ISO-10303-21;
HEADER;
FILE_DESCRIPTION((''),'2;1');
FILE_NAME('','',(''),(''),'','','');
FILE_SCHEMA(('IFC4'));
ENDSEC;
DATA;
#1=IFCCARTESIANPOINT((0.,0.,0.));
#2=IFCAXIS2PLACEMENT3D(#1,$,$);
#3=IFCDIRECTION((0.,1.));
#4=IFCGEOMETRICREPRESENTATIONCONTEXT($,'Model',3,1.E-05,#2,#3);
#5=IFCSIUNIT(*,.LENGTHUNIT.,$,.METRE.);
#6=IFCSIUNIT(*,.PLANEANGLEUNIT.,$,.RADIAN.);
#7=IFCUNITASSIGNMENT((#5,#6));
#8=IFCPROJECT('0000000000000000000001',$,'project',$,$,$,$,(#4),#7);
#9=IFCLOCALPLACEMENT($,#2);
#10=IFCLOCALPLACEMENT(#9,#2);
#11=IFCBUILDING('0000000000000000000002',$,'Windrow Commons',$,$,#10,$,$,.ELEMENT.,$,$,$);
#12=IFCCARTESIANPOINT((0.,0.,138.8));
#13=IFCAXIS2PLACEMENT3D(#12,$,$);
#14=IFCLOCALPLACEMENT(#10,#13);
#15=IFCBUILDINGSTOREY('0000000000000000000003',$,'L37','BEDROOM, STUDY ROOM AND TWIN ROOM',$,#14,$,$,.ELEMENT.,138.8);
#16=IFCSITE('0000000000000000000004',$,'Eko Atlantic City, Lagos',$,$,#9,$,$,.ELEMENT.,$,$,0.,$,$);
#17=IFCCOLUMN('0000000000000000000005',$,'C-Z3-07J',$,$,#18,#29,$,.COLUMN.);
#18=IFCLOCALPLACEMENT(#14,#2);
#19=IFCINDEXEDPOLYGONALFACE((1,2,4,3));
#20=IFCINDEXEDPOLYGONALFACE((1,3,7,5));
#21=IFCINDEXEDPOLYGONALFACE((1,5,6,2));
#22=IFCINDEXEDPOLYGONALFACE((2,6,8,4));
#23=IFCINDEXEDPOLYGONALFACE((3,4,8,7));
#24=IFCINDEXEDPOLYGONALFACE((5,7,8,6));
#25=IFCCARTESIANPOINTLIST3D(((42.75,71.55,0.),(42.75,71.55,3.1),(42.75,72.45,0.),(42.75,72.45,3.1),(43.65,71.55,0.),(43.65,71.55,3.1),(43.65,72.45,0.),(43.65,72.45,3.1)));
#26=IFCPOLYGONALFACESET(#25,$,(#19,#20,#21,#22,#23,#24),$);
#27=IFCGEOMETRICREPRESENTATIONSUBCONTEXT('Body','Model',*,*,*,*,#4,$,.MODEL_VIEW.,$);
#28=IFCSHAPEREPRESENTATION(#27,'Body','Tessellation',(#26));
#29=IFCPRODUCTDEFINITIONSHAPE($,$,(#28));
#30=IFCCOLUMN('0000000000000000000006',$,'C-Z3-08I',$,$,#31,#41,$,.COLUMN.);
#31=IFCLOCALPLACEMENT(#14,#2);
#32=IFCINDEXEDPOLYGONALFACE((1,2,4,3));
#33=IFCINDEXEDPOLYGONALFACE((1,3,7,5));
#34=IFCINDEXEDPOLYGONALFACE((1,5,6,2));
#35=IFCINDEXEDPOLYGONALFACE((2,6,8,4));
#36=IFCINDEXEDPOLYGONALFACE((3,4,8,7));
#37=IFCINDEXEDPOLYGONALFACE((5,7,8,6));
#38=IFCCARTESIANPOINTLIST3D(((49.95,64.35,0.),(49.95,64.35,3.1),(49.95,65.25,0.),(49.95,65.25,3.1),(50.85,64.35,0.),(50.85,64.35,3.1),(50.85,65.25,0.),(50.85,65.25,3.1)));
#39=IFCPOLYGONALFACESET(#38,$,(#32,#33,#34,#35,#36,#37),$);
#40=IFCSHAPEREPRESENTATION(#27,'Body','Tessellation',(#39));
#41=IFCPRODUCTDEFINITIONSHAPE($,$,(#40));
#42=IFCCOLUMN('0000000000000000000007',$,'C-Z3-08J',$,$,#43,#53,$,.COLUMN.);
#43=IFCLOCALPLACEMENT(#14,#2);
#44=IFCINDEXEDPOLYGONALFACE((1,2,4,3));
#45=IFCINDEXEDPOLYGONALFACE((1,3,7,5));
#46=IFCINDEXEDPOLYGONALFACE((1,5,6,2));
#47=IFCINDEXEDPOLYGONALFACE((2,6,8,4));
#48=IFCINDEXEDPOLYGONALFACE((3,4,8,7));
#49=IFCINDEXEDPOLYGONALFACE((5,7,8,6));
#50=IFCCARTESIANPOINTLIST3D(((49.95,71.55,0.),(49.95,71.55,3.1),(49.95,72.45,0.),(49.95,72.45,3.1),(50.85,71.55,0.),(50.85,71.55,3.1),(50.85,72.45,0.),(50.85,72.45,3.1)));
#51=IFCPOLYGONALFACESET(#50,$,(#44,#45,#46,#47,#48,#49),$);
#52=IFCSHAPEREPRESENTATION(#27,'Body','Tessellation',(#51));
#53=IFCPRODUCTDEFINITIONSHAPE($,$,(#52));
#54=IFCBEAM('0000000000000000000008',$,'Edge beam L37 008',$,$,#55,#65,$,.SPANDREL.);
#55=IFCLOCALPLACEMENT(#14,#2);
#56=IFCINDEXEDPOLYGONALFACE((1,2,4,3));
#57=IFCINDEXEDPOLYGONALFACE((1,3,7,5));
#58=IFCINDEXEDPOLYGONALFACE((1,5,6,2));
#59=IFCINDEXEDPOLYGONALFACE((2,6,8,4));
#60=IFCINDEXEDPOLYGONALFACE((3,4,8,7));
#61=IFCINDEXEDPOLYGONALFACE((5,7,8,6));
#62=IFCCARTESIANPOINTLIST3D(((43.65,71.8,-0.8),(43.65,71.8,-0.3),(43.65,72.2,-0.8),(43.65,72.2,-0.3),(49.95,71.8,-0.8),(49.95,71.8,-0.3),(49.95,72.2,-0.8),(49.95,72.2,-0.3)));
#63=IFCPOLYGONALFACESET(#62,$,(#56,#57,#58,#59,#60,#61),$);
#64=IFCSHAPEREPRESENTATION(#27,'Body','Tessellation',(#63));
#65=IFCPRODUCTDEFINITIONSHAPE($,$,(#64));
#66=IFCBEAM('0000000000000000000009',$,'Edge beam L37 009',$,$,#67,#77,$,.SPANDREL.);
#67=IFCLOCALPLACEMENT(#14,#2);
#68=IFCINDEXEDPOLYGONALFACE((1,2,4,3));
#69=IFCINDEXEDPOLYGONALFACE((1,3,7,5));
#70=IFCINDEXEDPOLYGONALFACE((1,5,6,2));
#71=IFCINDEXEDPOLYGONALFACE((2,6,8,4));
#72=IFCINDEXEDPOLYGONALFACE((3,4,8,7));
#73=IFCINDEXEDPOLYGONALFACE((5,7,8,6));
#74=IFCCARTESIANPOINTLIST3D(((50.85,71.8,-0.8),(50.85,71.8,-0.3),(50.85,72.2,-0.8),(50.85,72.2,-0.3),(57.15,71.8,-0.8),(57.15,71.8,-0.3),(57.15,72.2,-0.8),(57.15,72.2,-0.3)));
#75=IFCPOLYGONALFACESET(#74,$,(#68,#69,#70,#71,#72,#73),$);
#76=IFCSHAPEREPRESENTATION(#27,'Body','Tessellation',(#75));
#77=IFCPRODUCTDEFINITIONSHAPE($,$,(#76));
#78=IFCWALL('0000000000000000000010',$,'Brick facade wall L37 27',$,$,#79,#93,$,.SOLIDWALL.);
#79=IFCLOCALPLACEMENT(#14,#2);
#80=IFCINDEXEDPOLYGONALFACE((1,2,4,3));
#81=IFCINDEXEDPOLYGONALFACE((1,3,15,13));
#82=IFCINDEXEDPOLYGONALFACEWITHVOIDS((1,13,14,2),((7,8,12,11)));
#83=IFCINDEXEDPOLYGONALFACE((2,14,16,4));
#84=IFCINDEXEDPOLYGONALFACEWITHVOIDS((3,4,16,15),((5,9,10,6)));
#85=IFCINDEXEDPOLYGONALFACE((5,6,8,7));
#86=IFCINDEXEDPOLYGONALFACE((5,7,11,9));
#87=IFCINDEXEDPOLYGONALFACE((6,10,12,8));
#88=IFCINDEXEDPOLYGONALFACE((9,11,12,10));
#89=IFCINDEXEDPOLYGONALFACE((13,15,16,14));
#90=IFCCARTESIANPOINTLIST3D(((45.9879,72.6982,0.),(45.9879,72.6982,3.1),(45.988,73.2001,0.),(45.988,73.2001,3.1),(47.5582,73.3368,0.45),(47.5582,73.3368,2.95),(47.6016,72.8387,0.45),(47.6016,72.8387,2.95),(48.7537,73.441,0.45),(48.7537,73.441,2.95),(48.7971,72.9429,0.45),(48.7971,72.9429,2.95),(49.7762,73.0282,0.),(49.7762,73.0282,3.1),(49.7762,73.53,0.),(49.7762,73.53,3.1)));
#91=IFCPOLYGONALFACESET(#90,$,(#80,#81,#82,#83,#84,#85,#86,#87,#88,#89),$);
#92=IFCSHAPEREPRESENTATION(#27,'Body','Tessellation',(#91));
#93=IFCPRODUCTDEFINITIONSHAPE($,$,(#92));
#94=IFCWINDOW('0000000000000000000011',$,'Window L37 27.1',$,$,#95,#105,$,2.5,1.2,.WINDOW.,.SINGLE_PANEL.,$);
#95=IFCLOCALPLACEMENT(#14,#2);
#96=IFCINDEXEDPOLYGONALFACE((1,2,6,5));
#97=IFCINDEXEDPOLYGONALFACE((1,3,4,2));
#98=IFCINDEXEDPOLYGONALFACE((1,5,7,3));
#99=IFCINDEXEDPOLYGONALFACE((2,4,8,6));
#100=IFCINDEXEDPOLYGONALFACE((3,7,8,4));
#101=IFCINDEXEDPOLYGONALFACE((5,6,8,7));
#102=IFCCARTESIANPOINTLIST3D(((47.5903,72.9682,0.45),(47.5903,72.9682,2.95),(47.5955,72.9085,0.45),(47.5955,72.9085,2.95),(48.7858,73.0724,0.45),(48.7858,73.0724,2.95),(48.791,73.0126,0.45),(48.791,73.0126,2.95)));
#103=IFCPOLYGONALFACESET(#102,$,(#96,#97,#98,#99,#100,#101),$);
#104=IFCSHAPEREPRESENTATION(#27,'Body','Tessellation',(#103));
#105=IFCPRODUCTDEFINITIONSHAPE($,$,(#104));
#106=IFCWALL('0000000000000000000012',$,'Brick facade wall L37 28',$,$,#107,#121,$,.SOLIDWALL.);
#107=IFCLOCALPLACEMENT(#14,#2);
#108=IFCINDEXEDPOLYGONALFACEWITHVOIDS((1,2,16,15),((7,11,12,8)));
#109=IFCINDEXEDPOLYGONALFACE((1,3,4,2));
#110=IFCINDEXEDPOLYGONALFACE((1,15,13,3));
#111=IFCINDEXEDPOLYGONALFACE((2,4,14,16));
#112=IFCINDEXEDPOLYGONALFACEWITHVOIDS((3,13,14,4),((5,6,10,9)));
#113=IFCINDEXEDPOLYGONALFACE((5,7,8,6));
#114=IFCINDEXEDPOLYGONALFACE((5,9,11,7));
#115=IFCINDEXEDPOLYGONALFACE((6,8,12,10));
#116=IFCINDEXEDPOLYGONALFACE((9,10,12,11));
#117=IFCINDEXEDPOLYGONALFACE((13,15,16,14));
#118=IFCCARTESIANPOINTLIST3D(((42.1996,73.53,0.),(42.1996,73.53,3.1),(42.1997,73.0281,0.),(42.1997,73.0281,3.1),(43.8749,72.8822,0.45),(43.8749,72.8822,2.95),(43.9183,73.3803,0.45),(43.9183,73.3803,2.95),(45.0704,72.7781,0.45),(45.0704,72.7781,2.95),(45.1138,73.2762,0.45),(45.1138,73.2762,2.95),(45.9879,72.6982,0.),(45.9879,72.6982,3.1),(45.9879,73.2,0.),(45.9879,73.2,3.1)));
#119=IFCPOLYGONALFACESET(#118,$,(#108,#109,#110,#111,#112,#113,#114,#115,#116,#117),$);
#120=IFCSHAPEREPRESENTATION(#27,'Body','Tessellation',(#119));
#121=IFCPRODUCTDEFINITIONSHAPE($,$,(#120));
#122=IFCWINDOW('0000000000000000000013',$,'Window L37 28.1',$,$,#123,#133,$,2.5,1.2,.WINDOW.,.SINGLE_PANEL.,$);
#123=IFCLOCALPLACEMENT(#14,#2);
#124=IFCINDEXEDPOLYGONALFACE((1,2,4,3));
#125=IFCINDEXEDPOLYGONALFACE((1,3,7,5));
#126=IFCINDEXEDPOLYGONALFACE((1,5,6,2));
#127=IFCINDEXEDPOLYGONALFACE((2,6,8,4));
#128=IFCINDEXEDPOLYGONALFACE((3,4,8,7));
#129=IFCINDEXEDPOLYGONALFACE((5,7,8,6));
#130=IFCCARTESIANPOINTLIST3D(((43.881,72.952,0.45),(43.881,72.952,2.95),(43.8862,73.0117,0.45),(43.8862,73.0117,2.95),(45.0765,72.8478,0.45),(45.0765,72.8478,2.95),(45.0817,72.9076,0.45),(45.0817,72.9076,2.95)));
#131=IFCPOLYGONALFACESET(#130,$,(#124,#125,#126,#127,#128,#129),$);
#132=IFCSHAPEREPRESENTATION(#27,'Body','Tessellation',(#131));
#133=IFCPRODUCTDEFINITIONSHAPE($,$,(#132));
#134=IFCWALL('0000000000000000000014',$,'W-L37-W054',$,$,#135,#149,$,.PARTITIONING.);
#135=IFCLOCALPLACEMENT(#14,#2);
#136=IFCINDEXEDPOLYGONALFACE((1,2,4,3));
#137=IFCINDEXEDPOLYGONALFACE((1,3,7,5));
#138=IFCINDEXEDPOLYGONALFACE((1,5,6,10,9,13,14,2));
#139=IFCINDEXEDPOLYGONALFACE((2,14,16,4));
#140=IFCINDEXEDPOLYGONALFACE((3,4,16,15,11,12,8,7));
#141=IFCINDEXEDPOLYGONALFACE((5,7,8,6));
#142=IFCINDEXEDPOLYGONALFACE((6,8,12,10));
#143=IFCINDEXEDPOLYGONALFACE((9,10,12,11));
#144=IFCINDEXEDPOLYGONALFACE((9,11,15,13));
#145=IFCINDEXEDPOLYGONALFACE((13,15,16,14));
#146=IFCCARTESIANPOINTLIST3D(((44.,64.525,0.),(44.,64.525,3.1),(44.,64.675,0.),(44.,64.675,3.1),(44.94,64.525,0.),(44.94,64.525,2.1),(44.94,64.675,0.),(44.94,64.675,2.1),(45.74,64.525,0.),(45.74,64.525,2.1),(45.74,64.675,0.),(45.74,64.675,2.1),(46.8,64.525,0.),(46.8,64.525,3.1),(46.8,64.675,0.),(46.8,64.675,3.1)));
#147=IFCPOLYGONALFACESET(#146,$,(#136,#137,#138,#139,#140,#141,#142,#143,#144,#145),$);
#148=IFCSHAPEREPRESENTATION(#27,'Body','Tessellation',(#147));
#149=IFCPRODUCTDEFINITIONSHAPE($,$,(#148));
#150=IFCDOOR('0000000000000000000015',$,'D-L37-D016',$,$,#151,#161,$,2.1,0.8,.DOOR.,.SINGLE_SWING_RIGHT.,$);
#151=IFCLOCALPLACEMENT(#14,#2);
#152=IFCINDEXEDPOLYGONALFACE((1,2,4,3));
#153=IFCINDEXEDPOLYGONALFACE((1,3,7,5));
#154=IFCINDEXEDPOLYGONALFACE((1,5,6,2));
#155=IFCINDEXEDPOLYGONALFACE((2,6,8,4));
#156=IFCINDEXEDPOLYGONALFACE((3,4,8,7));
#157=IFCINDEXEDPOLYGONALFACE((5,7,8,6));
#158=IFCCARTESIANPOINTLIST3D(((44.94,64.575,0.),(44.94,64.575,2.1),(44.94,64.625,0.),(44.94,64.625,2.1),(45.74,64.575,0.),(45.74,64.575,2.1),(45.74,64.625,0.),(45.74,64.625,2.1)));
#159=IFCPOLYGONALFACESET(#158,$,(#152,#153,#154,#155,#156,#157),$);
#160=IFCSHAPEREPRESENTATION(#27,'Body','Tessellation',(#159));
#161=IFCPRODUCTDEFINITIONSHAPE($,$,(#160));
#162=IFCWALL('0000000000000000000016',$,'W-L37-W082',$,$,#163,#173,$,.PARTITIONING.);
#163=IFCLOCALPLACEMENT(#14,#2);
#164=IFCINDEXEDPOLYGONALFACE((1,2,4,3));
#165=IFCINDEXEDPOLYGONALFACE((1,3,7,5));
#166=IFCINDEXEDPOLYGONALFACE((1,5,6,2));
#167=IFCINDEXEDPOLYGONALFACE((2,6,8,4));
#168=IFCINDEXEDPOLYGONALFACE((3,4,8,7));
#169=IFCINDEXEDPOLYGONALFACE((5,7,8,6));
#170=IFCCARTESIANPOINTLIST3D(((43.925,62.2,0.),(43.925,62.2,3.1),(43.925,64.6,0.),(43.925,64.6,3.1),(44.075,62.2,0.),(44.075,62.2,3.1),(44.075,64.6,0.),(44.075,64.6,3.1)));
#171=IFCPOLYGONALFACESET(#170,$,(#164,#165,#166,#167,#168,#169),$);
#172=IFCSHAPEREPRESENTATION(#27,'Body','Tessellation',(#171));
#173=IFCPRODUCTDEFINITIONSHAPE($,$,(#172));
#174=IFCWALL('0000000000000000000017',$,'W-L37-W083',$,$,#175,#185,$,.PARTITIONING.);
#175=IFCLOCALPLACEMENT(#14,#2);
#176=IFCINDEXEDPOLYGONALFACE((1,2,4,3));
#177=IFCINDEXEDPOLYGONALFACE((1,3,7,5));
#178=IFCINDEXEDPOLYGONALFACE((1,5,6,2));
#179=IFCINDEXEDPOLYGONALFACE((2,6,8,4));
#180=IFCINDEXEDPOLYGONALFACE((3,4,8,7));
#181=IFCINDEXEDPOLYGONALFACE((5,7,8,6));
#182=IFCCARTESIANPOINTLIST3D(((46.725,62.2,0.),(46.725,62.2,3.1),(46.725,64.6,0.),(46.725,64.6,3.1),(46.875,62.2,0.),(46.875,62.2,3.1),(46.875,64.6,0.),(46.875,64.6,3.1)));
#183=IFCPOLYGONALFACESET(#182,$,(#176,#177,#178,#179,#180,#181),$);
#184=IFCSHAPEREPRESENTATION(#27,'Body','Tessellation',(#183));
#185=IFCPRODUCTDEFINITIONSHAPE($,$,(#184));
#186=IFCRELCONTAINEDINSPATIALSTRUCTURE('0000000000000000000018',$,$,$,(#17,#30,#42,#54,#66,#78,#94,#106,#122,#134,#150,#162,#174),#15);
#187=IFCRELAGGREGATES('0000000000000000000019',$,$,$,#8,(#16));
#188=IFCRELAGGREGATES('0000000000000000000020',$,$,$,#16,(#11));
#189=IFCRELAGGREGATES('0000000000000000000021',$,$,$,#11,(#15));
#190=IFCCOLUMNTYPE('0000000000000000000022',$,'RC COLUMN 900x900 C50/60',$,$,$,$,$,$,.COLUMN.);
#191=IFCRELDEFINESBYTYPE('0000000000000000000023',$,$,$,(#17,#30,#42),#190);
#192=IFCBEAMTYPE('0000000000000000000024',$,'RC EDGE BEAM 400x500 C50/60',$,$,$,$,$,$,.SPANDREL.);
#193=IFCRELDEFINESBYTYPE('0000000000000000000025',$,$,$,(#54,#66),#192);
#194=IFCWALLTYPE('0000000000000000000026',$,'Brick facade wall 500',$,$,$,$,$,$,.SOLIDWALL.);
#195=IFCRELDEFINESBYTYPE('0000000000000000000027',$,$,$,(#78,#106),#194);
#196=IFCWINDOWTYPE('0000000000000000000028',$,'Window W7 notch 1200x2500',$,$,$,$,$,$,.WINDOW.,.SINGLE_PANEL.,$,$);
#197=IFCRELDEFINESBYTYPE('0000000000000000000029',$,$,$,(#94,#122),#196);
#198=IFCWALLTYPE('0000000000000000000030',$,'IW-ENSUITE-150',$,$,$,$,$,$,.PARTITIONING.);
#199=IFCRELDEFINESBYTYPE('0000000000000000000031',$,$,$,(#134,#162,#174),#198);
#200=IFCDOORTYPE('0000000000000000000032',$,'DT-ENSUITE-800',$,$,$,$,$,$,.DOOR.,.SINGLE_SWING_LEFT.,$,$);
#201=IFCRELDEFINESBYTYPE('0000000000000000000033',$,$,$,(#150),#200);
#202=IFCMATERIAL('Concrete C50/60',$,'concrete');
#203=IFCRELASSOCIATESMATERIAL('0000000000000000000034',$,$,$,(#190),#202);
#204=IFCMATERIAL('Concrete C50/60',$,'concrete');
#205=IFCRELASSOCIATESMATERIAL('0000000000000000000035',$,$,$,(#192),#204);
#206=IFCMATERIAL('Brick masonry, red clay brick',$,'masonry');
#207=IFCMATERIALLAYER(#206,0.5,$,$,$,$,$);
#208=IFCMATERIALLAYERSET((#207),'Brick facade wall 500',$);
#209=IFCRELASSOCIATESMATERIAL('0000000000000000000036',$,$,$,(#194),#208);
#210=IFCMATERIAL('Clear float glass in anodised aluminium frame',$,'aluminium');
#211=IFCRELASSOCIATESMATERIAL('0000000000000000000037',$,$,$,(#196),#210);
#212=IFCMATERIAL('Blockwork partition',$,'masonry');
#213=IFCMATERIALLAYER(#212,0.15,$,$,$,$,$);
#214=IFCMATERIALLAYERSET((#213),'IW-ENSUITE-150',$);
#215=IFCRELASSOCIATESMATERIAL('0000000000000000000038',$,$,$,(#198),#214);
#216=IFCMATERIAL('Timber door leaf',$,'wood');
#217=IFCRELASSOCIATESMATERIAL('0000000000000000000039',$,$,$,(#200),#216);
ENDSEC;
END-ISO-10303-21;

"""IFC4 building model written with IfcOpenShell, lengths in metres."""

from ifc_helpers import new_model, si_unit, direction, frame, frame_2d, origin, origin_2d, place, context, subcontext, project, spatial, polyline, rectangle, outline, extrude, material, layer, layer_set, material_profile, profile_set, type_object, element, fill, save


model = new_model("IFC4")

# Units and contexts
model_context = context("Model", 3, precision=1e-05, world=origin(), true_north=direction((0.0, 1.0)))
body_context = subcontext(model_context, "Body", "Model", "MODEL_VIEW")
ifc_project = project(units=[si_unit("LENGTHUNIT", "METRE"), si_unit("PLANEANGLEUNIT", "RADIAN")], contexts=[model_context])

# Site, building, storey
site_placement = place(None, origin())
site = spatial("IfcSite", under=ifc_project, at=site_placement, Name="Eko Atlantic City, Lagos", CompositionType="ELEMENT", RefElevation=0.0)
building_placement = place(site_placement, origin())
building = spatial("IfcBuilding", under=site, at=building_placement, Name="Windrow Commons", CompositionType="ELEMENT")
storey_placement = place(building_placement, frame((0.0, 0.0, 138.8)))
storey = spatial("IfcBuildingStorey", under=building, at=storey_placement, Name="L37", Description="BEDROOM, STUDY ROOM AND TWIN ROOM", CompositionType="ELEMENT", Elevation=138.8)

# Columns
ifc_material_1 = material(Name="Concrete C50/60", Category="concrete")
ifc_material_profile_1 = material_profile(ifc_material_1, rectangle(XDim=0.9, YDim=0.9, at=origin_2d()))
ifc_profile_set_1 = profile_set([ifc_material_profile_1], Name="Concrete C50/60")
column_type = type_object("IfcColumnType", Name="RC COLUMN 900x900 C50/60", PredefinedType="COLUMN", material=ifc_profile_set_1)
for number, where, z_axis, x_axis, name in (
    (1, (43.2, 72.0, 0.0), (0.0, 0.0, 1.0), (1.0, 0.0, 0.0), "C-Z3-07J"),
    (2, (50.4, 64.8, 0.0), (0.0, 0.0, 1.0), (1.0, 0.0, 0.0), "C-Z3-08I"),
    (3, (50.4, 72.0, 0.0), (0.0, 0.0, 1.0), (1.0, 0.0, 0.0), "C-Z3-08J"),
):
    element("IfcColumn", number, at=place(storey_placement, frame(where, z_axis=z_axis, x_axis=x_axis)), inside=storey, type_object=column_type, Name=name, PredefinedType="COLUMN", context=body_context, shape_type="SweptSolid", body=[
        extrude(rectangle(XDim=0.9, YDim=0.9, at=origin_2d()), origin(), (0.0, 0.0, 1.0), 3.1),
    ])

# Beams
ifc_material_2 = material(Name="Concrete C50/60", Category="concrete")
ifc_material_profile_2 = material_profile(ifc_material_2, rectangle(XDim=0.4, YDim=0.5, at=origin_2d()))
ifc_profile_set_2 = profile_set([ifc_material_profile_2], Name="Concrete C50/60")
beam_type = type_object("IfcBeamType", Name="RC EDGE BEAM 400x500 C50/60", PredefinedType="SPANDREL", material=ifc_profile_set_2)
for number, where, z_axis, x_axis, name in (
    (4, (43.65, 72.0, -0.55), (1.0, 0.0, 0.0), (0.0, 1.0, 0.0), "Edge beam L37 008"),
    (5, (50.85, 72.0, -0.55), (1.0, 0.0, 0.0), (0.0, 1.0, 0.0), "Edge beam L37 009"),
):
    element("IfcBeam", number, at=place(storey_placement, frame(where, z_axis=z_axis, x_axis=x_axis)), inside=storey, type_object=beam_type, Name=name, PredefinedType="SPANDREL", context=body_context, shape_type="SweptSolid", body=[
        extrude(rectangle(XDim=0.4, YDim=0.5, at=origin_2d()), origin(), (0.0, 0.0, 1.0), 6.3),
    ])

# Walls, openings, windows
ifc_material_3 = material(Name="Brick masonry, red clay brick", Category="masonry")
ifc_layer_1 = layer(ifc_material_3, 0.5)
ifc_layer_set_1 = layer_set([ifc_layer_1], Name="Brick facade wall 500")
wall_type_1 = type_object("IfcWallType", Name="Brick facade wall 500", PredefinedType="SOLIDWALL", material=ifc_layer_set_1)
wall_1_placement = place(storey_placement, frame((49.7762, 73.2791, 0.0), z_axis=(0.0, 0.0, 1.0), x_axis=(-0.996227, -0.086782, 0.0)))
wall_1 = element("IfcWall", 6, at=wall_1_placement, inside=storey, type_object=wall_type_1, Name="Brick facade wall L37 27", PredefinedType="SOLIDWALL", context=body_context, shape_type="SweptSolid", body=[
    extrude(outline(polyline([(-0.0218, -0.25), (3.7808, -0.25), (3.8244, 0.25), (0.0218, 0.25), (-0.0218, -0.25)])), origin(), (0.0, 0.0, 1.0), 3.1),
])
opening_1_placement = place(wall_1_placement, frame((1.0046, 0.0, 0.45)))
opening_1 = element("IfcOpeningElement", 7, at=opening_1_placement, cuts=wall_1, PredefinedType="OPENING", context=body_context, shape_type="SweptSolid", body=[
    extrude(rectangle(XDim=1.2, YDim=2.5, at=frame_2d((0.6, 1.25))), frame((0.0, 0.26, 0.0), z_axis=(0.0, -1.0, 0.0), x_axis=(1.0, 0.0, 0.0)), (0.0, 0.0, 1.0), 0.52),
])
ifc_material_4 = material(Name="Clear float glass in anodised aluminium frame", Category="aluminium")
window_type = type_object("IfcWindowType", Name="Window W7 notch 1200x2500", PartitioningType="SINGLE_PANEL", PredefinedType="WINDOW", material=ifc_material_4)
window_1_placement = place(opening_1_placement, origin())
window_1 = element("IfcWindow", 8, at=window_1_placement, inside=storey, type_object=window_type, Name="Window L37 27.1", OverallHeight=2.5, OverallWidth=1.2, PartitioningType="SINGLE_PANEL", PredefinedType="WINDOW", context=body_context, shape_type="SweptSolid", body=[
    extrude(rectangle(XDim=1.2, YDim=2.5, at=frame_2d((0.6, 1.25))), frame((0.0, 0.18, 0.0), z_axis=(0.0, -1.0, 0.0), x_axis=(1.0, 0.0, 0.0)), (0.0, 0.0, 1.0), 0.06),
])
fill(opening_1, window_1)
wall_2_placement = place(storey_placement, frame((45.9879, 72.9491, 0.0), z_axis=(0.0, 0.0, 1.0), x_axis=(-0.996227, 0.086782, 0.0)))
wall_2 = element("IfcWall", 9, at=wall_2_placement, inside=storey, type_object=wall_type_1, Name="Brick facade wall L37 28", PredefinedType="SOLIDWALL", context=body_context, shape_type="SweptSolid", body=[
    extrude(outline(polyline([(0.0218, -0.25), (3.8244, -0.25), (3.7808, 0.25), (-0.0218, 0.25), (0.0218, -0.25)])), origin(), (0.0, 0.0, 1.0), 3.1),
])
opening_2_placement = place(wall_2_placement, frame((0.8992, 0.0, 0.45)))
opening_2 = element("IfcOpeningElement", 10, at=opening_2_placement, cuts=wall_2, PredefinedType="OPENING", context=body_context, shape_type="SweptSolid", body=[
    extrude(rectangle(XDim=1.2, YDim=2.5, at=frame_2d((0.6, 1.25))), frame((0.0, 0.26, 0.0), z_axis=(0.0, -1.0, 0.0), x_axis=(1.0, 0.0, 0.0)), (0.0, 0.0, 1.0), 0.52),
])
window_2_placement = place(opening_2_placement, origin())
window_2 = element("IfcWindow", 11, at=window_2_placement, inside=storey, type_object=window_type, Name="Window L37 28.1", OverallHeight=2.5, OverallWidth=1.2, PartitioningType="SINGLE_PANEL", PredefinedType="WINDOW", context=body_context, shape_type="SweptSolid", body=[
    extrude(rectangle(XDim=1.2, YDim=2.5, at=frame_2d((0.6, 1.25))), frame((0.0, 0.18, 0.0), z_axis=(0.0, -1.0, 0.0), x_axis=(1.0, 0.0, 0.0)), (0.0, 0.0, 1.0), 0.06),
])
fill(opening_2, window_2)

# Wall, opening, door
ifc_material_5 = material(Name="Blockwork partition", Category="masonry")
ifc_layer_2 = layer(ifc_material_5, 0.15)
ifc_layer_set_2 = layer_set([ifc_layer_2], Name="IW-ENSUITE-150")
wall_type_2 = type_object("IfcWallType", Name="IW-ENSUITE-150", PredefinedType="PARTITIONING", material=ifc_layer_set_2)
wall_3_placement = place(storey_placement, frame((44.0, 64.6, 0.0), z_axis=(0.0, 0.0, 1.0), x_axis=(1.0, 0.0, 0.0)))
wall_3 = element("IfcWall", 12, at=wall_3_placement, inside=storey, type_object=wall_type_2, Name="W-L37-W054", PredefinedType="PARTITIONING", context=body_context, shape_type="SweptSolid", body=[
    extrude(rectangle(XDim=2.8, YDim=0.15, at=frame_2d((1.4, 0.0))), origin(), (0.0, 0.0, 1.0), 3.1),
])
opening_3_placement = place(wall_3_placement, frame((0.94, 0.0, 0.0)))
opening_3 = element("IfcOpeningElement", 13, at=opening_3_placement, cuts=wall_3, PredefinedType="OPENING", context=body_context, shape_type="SweptSolid", body=[
    extrude(rectangle(XDim=0.8, YDim=2.1, at=frame_2d((0.4, 1.05))), frame((0.0, 0.085, 0.0), z_axis=(0.0, -1.0, 0.0), x_axis=(1.0, 0.0, 0.0)), (0.0, 0.0, 1.0), 0.17),
])
ifc_material_6 = material(Name="Timber door leaf", Category="wood")
door_type = type_object("IfcDoorType", Name="DT-ENSUITE-800", OperationType="SINGLE_SWING_LEFT", PredefinedType="DOOR", material=ifc_material_6)
door_placement = place(opening_3_placement, origin())
door = element("IfcDoor", 14, at=door_placement, inside=storey, type_object=door_type, Name="D-L37-D016", OperationType="SINGLE_SWING_RIGHT", OverallHeight=2.1, OverallWidth=0.8, PredefinedType="DOOR", context=body_context, shape_type="SweptSolid", body=[
    extrude(rectangle(XDim=0.8, YDim=2.1, at=frame_2d((0.4, 1.05))), frame((0.0, 0.025, 0.0), z_axis=(0.0, -1.0, 0.0), x_axis=(1.0, 0.0, 0.0)), (0.0, 0.0, 1.0), 0.05),
])
fill(opening_3, door)

# Walls
for number, where, z_axis, x_axis, name in (
    (15, (44.0, 62.2, 0.0), (0.0, 0.0, 1.0), (0.0, 1.0, 0.0), "W-L37-W082"),
    (16, (46.8, 62.2, 0.0), (0.0, 0.0, 1.0), (0.0, 1.0, 0.0), "W-L37-W083"),
):
    element("IfcWall", number, at=place(storey_placement, frame(where, z_axis=z_axis, x_axis=x_axis)), inside=storey, type_object=wall_type_2, Name=name, PredefinedType="PARTITIONING", context=body_context, shape_type="SweptSolid", body=[
        extrude(rectangle(XDim=2.4, YDim=0.15, at=frame_2d((1.2, 0.0))), origin(), (0.0, 0.0, 1.0), 3.1),
    ])

save(model, "model.ifc")
